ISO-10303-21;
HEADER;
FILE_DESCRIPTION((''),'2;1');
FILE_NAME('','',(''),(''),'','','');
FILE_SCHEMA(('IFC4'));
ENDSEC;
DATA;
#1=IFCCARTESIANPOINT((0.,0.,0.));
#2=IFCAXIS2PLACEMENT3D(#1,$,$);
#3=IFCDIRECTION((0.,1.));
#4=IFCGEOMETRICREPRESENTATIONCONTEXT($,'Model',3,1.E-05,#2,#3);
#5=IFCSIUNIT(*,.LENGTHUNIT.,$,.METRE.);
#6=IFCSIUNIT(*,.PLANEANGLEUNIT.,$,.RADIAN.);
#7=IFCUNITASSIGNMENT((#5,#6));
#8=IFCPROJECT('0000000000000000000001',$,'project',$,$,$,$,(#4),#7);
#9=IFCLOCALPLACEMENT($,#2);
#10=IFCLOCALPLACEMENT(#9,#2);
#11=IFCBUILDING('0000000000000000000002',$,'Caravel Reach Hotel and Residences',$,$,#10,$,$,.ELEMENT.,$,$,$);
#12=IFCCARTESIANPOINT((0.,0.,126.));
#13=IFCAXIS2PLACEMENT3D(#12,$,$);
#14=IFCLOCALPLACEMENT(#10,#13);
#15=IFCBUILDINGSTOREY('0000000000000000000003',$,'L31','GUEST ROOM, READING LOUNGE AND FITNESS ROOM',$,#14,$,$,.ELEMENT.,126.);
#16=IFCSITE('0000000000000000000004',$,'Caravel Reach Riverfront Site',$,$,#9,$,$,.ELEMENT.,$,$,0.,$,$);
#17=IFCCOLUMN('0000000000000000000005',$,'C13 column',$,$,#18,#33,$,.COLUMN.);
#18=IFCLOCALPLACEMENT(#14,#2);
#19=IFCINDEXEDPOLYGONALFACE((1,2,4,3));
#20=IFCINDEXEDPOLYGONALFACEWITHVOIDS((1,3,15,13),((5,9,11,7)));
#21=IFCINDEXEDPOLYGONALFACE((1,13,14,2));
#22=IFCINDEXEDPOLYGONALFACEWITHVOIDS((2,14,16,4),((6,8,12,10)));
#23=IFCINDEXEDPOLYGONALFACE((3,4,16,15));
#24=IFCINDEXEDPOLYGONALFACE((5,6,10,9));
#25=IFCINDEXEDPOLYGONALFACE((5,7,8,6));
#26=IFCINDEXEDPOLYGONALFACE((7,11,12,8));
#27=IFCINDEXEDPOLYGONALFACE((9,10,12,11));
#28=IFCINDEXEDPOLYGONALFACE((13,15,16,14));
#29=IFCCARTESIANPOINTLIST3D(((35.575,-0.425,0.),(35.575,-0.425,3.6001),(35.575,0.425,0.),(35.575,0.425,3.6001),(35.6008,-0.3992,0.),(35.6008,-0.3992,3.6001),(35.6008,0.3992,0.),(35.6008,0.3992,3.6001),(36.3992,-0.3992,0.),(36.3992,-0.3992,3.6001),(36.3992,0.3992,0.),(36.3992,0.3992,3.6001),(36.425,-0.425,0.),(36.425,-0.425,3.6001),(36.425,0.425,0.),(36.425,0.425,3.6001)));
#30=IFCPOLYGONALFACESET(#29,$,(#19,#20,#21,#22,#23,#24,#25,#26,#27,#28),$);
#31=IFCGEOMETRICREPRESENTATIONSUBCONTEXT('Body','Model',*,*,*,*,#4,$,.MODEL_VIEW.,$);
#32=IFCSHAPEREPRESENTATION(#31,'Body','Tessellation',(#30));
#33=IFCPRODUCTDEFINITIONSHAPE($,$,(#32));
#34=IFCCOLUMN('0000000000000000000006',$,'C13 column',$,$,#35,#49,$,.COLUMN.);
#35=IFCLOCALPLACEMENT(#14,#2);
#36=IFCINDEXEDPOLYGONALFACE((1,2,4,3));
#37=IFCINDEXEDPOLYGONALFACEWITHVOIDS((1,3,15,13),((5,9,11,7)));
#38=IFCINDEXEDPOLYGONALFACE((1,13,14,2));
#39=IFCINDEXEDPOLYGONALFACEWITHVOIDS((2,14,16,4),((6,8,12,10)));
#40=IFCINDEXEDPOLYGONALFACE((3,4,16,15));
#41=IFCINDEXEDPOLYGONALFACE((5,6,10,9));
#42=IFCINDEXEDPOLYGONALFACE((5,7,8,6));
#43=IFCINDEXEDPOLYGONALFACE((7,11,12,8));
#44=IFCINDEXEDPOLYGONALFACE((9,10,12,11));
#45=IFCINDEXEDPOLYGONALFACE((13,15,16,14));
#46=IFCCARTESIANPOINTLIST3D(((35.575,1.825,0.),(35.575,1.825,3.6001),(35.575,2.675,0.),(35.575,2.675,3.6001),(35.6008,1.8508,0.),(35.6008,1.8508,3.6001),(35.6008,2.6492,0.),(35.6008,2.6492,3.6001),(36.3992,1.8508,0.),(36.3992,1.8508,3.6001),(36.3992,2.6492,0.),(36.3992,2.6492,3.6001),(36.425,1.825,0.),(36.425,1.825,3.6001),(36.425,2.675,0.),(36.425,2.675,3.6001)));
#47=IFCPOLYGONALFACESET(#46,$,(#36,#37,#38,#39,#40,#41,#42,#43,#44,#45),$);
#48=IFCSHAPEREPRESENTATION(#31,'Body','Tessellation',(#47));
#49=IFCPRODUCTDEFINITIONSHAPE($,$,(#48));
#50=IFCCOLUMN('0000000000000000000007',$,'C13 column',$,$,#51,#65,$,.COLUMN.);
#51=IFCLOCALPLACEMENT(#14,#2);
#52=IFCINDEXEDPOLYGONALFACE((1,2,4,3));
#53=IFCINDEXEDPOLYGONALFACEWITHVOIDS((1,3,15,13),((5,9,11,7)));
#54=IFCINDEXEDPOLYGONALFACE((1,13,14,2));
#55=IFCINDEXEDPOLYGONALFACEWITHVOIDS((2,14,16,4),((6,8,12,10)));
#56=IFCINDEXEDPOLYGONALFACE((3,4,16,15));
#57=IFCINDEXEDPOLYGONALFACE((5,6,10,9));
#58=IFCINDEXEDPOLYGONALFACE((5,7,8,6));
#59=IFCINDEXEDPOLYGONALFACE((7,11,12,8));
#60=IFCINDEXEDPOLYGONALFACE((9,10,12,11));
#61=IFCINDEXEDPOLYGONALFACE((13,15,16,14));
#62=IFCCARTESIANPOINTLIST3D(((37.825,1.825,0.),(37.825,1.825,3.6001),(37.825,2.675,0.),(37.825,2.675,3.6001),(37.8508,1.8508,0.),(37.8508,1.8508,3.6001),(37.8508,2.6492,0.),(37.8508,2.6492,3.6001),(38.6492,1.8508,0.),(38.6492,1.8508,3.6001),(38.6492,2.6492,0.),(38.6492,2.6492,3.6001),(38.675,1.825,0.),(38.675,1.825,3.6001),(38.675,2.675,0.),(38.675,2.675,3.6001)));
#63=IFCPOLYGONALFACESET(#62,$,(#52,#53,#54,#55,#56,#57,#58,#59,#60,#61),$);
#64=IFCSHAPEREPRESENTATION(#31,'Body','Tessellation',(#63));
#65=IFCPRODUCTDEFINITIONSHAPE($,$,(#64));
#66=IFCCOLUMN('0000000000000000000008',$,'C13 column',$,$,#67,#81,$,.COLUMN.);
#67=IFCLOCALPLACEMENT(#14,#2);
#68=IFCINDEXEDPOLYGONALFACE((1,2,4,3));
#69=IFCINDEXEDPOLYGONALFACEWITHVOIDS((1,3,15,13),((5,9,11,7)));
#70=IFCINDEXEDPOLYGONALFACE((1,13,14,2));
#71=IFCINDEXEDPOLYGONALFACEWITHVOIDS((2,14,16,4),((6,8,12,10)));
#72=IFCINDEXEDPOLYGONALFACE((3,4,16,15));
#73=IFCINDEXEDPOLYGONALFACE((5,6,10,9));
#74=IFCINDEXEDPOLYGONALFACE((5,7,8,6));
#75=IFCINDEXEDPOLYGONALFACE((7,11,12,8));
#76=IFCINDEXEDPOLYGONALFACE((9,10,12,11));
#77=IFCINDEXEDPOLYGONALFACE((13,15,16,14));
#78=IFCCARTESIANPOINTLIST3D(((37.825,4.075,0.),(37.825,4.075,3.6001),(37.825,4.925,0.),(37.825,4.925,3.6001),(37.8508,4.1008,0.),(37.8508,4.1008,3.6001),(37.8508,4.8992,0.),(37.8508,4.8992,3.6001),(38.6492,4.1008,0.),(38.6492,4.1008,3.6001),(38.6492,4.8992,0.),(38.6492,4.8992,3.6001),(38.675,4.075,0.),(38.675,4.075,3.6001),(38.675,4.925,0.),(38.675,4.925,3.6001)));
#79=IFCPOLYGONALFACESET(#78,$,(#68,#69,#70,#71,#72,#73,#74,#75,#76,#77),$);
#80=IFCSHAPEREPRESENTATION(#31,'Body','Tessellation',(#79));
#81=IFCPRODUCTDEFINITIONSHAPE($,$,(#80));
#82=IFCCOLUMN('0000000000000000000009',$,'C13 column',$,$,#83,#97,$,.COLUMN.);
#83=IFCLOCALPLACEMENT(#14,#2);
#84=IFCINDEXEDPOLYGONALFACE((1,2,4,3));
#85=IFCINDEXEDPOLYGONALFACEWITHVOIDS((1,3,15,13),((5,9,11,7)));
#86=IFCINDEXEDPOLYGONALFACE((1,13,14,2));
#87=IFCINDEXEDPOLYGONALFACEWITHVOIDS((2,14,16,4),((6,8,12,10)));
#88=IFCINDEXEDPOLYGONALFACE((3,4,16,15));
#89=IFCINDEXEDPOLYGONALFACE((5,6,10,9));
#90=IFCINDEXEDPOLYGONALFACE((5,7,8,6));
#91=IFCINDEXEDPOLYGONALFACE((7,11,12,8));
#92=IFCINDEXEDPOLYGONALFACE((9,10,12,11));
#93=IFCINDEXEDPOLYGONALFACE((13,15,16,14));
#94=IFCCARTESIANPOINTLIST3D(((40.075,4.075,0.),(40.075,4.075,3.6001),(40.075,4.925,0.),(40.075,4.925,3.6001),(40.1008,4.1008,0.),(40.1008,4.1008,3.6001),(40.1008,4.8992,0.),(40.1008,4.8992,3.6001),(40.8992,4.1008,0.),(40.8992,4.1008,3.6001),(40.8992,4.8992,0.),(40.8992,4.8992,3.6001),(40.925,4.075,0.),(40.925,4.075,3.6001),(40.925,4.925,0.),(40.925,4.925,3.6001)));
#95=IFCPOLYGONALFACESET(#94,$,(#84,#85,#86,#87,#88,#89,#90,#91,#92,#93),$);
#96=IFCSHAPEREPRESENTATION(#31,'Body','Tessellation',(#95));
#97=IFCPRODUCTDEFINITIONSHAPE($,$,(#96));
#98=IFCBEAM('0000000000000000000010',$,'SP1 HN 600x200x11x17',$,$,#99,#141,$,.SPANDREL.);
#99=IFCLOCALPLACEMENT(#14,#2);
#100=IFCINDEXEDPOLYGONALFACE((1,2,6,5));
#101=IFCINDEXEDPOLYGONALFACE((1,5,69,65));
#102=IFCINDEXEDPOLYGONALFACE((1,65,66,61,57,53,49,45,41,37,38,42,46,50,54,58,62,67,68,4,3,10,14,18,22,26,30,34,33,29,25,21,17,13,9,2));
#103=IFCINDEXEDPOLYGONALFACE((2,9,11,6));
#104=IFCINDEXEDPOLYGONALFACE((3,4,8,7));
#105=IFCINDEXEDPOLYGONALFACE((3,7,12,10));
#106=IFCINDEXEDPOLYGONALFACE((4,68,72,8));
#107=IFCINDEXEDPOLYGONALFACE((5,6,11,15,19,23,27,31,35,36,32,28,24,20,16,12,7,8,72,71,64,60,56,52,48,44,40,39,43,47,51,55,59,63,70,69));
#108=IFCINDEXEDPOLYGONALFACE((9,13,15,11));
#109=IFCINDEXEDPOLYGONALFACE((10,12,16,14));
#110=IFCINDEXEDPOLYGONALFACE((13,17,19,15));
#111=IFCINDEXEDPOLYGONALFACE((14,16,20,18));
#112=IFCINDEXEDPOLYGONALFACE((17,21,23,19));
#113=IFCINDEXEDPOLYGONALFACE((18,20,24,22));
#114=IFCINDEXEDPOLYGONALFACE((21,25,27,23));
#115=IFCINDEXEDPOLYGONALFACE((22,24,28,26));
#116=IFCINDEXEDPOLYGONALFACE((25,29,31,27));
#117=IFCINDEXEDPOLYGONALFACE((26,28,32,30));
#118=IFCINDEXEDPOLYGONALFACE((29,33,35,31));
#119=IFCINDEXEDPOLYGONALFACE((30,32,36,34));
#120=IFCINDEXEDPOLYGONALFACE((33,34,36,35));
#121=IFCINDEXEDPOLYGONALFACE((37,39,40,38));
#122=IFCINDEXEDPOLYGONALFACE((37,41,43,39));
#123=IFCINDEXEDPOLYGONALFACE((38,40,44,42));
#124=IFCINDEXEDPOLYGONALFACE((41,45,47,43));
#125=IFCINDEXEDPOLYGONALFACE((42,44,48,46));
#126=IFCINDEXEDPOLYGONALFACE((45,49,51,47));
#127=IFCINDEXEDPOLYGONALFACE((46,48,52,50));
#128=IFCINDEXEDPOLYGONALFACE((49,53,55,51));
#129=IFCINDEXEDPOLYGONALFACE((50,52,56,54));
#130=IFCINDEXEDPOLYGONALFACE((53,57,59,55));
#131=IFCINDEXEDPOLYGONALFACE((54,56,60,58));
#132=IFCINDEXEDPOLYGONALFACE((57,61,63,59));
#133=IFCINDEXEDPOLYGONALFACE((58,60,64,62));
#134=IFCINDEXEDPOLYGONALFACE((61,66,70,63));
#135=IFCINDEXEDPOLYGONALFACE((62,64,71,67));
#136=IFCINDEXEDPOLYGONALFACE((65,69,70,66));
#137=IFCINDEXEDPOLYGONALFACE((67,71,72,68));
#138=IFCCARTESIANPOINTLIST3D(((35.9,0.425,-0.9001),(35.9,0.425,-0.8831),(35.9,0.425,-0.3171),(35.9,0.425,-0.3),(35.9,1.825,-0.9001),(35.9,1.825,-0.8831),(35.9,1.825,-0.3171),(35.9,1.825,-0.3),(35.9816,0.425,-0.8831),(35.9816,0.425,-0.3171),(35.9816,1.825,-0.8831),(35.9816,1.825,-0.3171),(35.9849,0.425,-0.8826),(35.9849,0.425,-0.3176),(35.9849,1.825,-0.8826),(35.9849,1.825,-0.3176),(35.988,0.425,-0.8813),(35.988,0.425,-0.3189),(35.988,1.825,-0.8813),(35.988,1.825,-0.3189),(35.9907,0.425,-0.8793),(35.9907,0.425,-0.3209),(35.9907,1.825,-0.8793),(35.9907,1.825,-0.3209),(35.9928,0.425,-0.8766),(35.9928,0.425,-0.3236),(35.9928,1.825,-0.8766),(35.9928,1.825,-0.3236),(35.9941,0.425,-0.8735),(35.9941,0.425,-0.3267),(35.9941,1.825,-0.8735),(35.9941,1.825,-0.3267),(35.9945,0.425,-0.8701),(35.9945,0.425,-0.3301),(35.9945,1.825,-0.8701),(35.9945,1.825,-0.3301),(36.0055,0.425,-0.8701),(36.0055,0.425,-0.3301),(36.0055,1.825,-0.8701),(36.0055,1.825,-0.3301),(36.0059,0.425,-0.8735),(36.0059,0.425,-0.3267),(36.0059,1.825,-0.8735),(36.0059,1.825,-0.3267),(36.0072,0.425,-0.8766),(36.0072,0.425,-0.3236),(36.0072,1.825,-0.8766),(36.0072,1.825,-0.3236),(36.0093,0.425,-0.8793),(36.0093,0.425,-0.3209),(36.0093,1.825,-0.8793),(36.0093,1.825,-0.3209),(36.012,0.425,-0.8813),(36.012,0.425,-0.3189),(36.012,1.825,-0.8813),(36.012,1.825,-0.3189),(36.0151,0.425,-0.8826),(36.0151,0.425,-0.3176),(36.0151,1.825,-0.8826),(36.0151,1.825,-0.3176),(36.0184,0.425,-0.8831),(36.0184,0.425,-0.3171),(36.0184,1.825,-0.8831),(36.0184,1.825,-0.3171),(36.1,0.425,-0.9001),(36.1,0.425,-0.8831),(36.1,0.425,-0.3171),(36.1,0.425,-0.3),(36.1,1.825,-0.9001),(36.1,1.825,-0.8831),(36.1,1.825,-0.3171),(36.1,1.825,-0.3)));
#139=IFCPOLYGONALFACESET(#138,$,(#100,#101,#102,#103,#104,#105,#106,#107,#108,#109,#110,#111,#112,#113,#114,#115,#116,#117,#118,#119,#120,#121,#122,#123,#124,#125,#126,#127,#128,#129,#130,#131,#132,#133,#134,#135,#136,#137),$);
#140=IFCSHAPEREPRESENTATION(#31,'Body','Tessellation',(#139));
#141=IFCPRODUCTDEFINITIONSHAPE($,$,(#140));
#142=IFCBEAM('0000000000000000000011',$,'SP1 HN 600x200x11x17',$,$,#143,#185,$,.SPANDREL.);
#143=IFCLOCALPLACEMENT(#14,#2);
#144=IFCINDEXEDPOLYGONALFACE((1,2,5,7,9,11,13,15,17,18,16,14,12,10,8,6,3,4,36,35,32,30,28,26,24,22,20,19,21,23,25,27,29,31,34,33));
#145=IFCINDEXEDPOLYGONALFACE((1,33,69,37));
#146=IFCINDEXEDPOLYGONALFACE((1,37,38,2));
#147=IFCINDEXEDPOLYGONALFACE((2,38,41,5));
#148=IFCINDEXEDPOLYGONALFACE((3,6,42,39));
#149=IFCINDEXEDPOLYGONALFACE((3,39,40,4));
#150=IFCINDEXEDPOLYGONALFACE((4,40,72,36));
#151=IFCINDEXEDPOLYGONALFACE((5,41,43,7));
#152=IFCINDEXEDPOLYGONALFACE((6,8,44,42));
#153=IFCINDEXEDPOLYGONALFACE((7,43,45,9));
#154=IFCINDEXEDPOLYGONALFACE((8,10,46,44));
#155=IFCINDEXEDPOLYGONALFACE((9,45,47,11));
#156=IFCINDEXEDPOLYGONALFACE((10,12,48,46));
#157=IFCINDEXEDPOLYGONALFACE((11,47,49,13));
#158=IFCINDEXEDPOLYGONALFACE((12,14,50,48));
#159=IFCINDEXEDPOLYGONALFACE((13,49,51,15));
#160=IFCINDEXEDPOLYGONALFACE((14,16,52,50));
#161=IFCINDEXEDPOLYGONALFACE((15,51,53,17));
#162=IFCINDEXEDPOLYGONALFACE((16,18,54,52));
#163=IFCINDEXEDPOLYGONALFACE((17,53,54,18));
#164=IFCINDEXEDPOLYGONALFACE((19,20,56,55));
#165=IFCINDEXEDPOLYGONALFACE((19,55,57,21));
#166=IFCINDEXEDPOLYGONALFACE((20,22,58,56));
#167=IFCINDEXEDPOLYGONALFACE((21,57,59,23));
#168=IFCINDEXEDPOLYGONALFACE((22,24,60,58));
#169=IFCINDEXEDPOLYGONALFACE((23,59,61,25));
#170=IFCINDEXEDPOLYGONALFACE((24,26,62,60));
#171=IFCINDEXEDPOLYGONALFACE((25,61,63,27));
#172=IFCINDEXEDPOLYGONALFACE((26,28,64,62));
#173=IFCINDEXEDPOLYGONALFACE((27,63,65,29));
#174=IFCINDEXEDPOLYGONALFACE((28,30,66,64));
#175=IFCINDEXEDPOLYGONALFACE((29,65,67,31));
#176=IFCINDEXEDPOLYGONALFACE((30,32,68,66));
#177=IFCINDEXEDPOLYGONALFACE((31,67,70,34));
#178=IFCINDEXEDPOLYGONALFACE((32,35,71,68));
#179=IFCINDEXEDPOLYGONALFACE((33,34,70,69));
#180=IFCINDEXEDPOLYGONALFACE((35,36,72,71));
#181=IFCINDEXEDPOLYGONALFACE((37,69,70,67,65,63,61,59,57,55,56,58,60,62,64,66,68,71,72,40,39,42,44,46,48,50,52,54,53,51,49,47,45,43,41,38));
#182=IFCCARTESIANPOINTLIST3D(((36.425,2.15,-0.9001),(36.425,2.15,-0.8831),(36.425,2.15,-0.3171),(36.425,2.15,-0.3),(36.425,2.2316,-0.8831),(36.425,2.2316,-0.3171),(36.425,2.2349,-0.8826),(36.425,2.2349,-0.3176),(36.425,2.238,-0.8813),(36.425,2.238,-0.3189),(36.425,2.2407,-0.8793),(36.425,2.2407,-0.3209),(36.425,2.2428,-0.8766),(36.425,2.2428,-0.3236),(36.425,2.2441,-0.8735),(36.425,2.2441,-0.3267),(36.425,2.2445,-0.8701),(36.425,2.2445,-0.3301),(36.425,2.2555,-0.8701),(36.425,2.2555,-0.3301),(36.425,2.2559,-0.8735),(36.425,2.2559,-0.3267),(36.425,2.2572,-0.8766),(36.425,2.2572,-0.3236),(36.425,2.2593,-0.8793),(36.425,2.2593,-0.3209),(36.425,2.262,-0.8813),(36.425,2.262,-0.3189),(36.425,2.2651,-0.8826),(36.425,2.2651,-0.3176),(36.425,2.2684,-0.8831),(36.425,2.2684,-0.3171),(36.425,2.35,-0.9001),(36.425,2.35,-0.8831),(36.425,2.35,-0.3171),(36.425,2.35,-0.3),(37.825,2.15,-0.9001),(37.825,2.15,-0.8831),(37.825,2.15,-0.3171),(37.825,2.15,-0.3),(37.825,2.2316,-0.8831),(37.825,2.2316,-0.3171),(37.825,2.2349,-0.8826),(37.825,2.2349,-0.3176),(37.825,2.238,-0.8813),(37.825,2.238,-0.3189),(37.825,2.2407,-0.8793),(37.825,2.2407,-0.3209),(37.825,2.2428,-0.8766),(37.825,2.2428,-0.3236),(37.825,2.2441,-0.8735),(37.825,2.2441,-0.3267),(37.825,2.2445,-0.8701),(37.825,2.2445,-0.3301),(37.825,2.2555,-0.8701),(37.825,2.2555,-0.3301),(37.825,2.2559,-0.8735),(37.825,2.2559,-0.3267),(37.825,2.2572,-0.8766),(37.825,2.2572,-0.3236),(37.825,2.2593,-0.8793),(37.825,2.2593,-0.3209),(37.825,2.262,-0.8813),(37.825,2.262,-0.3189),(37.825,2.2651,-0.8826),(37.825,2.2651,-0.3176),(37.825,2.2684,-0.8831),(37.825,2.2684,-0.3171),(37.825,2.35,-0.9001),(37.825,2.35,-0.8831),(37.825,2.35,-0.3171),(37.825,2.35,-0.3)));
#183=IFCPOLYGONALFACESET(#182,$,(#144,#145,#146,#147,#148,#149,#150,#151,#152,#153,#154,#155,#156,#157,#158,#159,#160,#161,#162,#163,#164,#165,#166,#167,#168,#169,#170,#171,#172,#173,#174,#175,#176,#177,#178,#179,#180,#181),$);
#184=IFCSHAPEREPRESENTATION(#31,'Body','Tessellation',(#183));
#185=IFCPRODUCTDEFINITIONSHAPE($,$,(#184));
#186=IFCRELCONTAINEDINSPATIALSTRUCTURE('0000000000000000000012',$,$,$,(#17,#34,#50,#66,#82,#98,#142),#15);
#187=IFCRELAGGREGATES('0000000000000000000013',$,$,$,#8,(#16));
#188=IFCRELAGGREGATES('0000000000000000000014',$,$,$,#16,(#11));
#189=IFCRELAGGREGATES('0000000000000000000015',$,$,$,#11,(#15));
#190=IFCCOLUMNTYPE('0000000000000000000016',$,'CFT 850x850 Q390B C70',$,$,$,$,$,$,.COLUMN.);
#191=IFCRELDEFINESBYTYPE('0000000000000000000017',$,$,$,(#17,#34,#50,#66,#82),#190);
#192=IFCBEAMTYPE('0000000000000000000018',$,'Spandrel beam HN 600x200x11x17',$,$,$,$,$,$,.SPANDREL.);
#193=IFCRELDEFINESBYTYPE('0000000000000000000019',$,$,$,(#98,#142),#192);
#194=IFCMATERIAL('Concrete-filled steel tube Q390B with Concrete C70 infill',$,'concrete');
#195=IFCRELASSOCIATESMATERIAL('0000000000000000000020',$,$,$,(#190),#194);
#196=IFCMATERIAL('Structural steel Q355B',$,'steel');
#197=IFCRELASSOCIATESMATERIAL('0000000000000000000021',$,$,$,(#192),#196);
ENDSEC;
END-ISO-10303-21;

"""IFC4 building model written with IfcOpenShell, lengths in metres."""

from ifc_helpers import new_model, si_unit, direction, frame, origin, origin_2d, place, context, subcontext, project, spatial, hollow_rectangle, i_section, extrude, material, material_profile, profile_set, type_object, element, save


model = new_model("IFC4")

# Units and contexts
model_context = context("Model", 3, precision=1e-05, world=origin(), true_north=direction((0.0, 1.0)))
body_context = subcontext(model_context, "Body", "Model", "MODEL_VIEW")
ifc_project = project(units=[si_unit("LENGTHUNIT", "METRE"), si_unit("PLANEANGLEUNIT", "RADIAN")], contexts=[model_context])

# Site, building, storey
site_placement = place(None, origin())
site = spatial("IfcSite", under=ifc_project, at=site_placement, Name="Caravel Reach Riverfront Site", CompositionType="ELEMENT", RefElevation=0.0)
building_placement = place(site_placement, origin())
building = spatial("IfcBuilding", under=site, at=building_placement, Name="Caravel Reach Hotel and Residences", CompositionType="ELEMENT")
storey_placement = place(building_placement, frame((0.0, 0.0, 126.0)))
storey = spatial("IfcBuildingStorey", under=building, at=storey_placement, Name="L31", Description="GUEST ROOM, READING LOUNGE AND FITNESS ROOM", CompositionType="ELEMENT", Elevation=126.0)

# Columns
ifc_material_1 = material(Name="Concrete-filled steel tube Q390B with Concrete C70 infill", Category="concrete")
ifc_material_profile_1 = material_profile(ifc_material_1, hollow_rectangle(XDim=0.8501, YDim=0.8501, WallThickness=0.0259, at=origin_2d()), Name="RHS 850x850x26")
ifc_profile_set_1 = profile_set([ifc_material_profile_1], Name="Concrete-filled steel tube Q390B with Concrete C70 infill")
column_type = type_object("IfcColumnType", Name="CFT 850x850 Q390B C70", PredefinedType="COLUMN", material=ifc_profile_set_1)
for number, where, z_axis, x_axis, name in (
    (1, (36.0, 0.0, 0.0), (0.0, 0.0, 1.0), (1.0, 0.0, 0.0), "C13 column"),
    (2, (36.0, 2.25, 0.0), (0.0, 0.0, 1.0), (1.0, 0.0, 0.0), "C13 column"),
    (3, (38.25, 2.25, 0.0), (0.0, 0.0, 1.0), (1.0, 0.0, 0.0), "C13 column"),
    (4, (38.25, 4.5, 0.0), (0.0, 0.0, 1.0), (1.0, 0.0, 0.0), "C13 column"),
    (5, (40.5, 4.5, 0.0), (0.0, 0.0, 1.0), (1.0, 0.0, 0.0), "C13 column"),
):
    element("IfcColumn", number, at=place(storey_placement, frame(where, z_axis=z_axis, x_axis=x_axis)), inside=storey, type_object=column_type, Name=name, PredefinedType="COLUMN", context=body_context, shape_type="SweptSolid", body=[
        extrude(hollow_rectangle(XDim=0.8501, YDim=0.8501, WallThickness=0.0259, at=origin_2d()), origin(), (0.0, 0.0, 1.0), 3.6001),
    ])

# Beams
ifc_material_2 = material(Name="Structural steel Q355B", Category="steel")
ifc_material_profile_2 = material_profile(ifc_material_2, i_section(OverallWidth=0.2, OverallDepth=0.6001, WebThickness=0.011, FlangeThickness=0.0171, FilletRadius=0.0129, at=origin_2d()), Name="HN 600x200x11x17")
ifc_profile_set_2 = profile_set([ifc_material_profile_2], Name="Structural steel Q355B")
beam_type = type_object("IfcBeamType", Name="Spandrel beam HN 600x200x11x17", PredefinedType="SPANDREL", material=ifc_profile_set_2)
for number, where, z_axis, x_axis, name in (
    (6, (36.0, 0.425, -0.6001), (0.0, 1.0, 0.0), (-1.0, 0.0, 0.0), "SP1 HN 600x200x11x17"),
    (7, (36.425, 2.25, -0.6001), (1.0, 0.0, 0.0), (0.0, 1.0, 0.0), "SP1 HN 600x200x11x17"),
):
    element("IfcBeam", number, at=place(storey_placement, frame(where, z_axis=z_axis, x_axis=x_axis)), inside=storey, type_object=beam_type, Name=name, PredefinedType="SPANDREL", context=body_context, shape_type="SweptSolid", body=[
        extrude(i_section(OverallWidth=0.2, OverallDepth=0.6001, WebThickness=0.011, FlangeThickness=0.0171, FilletRadius=0.0129, at=origin_2d()), origin(), (0.0, 0.0, 1.0), 1.3999),
    ])

save(model, "model.ifc")
